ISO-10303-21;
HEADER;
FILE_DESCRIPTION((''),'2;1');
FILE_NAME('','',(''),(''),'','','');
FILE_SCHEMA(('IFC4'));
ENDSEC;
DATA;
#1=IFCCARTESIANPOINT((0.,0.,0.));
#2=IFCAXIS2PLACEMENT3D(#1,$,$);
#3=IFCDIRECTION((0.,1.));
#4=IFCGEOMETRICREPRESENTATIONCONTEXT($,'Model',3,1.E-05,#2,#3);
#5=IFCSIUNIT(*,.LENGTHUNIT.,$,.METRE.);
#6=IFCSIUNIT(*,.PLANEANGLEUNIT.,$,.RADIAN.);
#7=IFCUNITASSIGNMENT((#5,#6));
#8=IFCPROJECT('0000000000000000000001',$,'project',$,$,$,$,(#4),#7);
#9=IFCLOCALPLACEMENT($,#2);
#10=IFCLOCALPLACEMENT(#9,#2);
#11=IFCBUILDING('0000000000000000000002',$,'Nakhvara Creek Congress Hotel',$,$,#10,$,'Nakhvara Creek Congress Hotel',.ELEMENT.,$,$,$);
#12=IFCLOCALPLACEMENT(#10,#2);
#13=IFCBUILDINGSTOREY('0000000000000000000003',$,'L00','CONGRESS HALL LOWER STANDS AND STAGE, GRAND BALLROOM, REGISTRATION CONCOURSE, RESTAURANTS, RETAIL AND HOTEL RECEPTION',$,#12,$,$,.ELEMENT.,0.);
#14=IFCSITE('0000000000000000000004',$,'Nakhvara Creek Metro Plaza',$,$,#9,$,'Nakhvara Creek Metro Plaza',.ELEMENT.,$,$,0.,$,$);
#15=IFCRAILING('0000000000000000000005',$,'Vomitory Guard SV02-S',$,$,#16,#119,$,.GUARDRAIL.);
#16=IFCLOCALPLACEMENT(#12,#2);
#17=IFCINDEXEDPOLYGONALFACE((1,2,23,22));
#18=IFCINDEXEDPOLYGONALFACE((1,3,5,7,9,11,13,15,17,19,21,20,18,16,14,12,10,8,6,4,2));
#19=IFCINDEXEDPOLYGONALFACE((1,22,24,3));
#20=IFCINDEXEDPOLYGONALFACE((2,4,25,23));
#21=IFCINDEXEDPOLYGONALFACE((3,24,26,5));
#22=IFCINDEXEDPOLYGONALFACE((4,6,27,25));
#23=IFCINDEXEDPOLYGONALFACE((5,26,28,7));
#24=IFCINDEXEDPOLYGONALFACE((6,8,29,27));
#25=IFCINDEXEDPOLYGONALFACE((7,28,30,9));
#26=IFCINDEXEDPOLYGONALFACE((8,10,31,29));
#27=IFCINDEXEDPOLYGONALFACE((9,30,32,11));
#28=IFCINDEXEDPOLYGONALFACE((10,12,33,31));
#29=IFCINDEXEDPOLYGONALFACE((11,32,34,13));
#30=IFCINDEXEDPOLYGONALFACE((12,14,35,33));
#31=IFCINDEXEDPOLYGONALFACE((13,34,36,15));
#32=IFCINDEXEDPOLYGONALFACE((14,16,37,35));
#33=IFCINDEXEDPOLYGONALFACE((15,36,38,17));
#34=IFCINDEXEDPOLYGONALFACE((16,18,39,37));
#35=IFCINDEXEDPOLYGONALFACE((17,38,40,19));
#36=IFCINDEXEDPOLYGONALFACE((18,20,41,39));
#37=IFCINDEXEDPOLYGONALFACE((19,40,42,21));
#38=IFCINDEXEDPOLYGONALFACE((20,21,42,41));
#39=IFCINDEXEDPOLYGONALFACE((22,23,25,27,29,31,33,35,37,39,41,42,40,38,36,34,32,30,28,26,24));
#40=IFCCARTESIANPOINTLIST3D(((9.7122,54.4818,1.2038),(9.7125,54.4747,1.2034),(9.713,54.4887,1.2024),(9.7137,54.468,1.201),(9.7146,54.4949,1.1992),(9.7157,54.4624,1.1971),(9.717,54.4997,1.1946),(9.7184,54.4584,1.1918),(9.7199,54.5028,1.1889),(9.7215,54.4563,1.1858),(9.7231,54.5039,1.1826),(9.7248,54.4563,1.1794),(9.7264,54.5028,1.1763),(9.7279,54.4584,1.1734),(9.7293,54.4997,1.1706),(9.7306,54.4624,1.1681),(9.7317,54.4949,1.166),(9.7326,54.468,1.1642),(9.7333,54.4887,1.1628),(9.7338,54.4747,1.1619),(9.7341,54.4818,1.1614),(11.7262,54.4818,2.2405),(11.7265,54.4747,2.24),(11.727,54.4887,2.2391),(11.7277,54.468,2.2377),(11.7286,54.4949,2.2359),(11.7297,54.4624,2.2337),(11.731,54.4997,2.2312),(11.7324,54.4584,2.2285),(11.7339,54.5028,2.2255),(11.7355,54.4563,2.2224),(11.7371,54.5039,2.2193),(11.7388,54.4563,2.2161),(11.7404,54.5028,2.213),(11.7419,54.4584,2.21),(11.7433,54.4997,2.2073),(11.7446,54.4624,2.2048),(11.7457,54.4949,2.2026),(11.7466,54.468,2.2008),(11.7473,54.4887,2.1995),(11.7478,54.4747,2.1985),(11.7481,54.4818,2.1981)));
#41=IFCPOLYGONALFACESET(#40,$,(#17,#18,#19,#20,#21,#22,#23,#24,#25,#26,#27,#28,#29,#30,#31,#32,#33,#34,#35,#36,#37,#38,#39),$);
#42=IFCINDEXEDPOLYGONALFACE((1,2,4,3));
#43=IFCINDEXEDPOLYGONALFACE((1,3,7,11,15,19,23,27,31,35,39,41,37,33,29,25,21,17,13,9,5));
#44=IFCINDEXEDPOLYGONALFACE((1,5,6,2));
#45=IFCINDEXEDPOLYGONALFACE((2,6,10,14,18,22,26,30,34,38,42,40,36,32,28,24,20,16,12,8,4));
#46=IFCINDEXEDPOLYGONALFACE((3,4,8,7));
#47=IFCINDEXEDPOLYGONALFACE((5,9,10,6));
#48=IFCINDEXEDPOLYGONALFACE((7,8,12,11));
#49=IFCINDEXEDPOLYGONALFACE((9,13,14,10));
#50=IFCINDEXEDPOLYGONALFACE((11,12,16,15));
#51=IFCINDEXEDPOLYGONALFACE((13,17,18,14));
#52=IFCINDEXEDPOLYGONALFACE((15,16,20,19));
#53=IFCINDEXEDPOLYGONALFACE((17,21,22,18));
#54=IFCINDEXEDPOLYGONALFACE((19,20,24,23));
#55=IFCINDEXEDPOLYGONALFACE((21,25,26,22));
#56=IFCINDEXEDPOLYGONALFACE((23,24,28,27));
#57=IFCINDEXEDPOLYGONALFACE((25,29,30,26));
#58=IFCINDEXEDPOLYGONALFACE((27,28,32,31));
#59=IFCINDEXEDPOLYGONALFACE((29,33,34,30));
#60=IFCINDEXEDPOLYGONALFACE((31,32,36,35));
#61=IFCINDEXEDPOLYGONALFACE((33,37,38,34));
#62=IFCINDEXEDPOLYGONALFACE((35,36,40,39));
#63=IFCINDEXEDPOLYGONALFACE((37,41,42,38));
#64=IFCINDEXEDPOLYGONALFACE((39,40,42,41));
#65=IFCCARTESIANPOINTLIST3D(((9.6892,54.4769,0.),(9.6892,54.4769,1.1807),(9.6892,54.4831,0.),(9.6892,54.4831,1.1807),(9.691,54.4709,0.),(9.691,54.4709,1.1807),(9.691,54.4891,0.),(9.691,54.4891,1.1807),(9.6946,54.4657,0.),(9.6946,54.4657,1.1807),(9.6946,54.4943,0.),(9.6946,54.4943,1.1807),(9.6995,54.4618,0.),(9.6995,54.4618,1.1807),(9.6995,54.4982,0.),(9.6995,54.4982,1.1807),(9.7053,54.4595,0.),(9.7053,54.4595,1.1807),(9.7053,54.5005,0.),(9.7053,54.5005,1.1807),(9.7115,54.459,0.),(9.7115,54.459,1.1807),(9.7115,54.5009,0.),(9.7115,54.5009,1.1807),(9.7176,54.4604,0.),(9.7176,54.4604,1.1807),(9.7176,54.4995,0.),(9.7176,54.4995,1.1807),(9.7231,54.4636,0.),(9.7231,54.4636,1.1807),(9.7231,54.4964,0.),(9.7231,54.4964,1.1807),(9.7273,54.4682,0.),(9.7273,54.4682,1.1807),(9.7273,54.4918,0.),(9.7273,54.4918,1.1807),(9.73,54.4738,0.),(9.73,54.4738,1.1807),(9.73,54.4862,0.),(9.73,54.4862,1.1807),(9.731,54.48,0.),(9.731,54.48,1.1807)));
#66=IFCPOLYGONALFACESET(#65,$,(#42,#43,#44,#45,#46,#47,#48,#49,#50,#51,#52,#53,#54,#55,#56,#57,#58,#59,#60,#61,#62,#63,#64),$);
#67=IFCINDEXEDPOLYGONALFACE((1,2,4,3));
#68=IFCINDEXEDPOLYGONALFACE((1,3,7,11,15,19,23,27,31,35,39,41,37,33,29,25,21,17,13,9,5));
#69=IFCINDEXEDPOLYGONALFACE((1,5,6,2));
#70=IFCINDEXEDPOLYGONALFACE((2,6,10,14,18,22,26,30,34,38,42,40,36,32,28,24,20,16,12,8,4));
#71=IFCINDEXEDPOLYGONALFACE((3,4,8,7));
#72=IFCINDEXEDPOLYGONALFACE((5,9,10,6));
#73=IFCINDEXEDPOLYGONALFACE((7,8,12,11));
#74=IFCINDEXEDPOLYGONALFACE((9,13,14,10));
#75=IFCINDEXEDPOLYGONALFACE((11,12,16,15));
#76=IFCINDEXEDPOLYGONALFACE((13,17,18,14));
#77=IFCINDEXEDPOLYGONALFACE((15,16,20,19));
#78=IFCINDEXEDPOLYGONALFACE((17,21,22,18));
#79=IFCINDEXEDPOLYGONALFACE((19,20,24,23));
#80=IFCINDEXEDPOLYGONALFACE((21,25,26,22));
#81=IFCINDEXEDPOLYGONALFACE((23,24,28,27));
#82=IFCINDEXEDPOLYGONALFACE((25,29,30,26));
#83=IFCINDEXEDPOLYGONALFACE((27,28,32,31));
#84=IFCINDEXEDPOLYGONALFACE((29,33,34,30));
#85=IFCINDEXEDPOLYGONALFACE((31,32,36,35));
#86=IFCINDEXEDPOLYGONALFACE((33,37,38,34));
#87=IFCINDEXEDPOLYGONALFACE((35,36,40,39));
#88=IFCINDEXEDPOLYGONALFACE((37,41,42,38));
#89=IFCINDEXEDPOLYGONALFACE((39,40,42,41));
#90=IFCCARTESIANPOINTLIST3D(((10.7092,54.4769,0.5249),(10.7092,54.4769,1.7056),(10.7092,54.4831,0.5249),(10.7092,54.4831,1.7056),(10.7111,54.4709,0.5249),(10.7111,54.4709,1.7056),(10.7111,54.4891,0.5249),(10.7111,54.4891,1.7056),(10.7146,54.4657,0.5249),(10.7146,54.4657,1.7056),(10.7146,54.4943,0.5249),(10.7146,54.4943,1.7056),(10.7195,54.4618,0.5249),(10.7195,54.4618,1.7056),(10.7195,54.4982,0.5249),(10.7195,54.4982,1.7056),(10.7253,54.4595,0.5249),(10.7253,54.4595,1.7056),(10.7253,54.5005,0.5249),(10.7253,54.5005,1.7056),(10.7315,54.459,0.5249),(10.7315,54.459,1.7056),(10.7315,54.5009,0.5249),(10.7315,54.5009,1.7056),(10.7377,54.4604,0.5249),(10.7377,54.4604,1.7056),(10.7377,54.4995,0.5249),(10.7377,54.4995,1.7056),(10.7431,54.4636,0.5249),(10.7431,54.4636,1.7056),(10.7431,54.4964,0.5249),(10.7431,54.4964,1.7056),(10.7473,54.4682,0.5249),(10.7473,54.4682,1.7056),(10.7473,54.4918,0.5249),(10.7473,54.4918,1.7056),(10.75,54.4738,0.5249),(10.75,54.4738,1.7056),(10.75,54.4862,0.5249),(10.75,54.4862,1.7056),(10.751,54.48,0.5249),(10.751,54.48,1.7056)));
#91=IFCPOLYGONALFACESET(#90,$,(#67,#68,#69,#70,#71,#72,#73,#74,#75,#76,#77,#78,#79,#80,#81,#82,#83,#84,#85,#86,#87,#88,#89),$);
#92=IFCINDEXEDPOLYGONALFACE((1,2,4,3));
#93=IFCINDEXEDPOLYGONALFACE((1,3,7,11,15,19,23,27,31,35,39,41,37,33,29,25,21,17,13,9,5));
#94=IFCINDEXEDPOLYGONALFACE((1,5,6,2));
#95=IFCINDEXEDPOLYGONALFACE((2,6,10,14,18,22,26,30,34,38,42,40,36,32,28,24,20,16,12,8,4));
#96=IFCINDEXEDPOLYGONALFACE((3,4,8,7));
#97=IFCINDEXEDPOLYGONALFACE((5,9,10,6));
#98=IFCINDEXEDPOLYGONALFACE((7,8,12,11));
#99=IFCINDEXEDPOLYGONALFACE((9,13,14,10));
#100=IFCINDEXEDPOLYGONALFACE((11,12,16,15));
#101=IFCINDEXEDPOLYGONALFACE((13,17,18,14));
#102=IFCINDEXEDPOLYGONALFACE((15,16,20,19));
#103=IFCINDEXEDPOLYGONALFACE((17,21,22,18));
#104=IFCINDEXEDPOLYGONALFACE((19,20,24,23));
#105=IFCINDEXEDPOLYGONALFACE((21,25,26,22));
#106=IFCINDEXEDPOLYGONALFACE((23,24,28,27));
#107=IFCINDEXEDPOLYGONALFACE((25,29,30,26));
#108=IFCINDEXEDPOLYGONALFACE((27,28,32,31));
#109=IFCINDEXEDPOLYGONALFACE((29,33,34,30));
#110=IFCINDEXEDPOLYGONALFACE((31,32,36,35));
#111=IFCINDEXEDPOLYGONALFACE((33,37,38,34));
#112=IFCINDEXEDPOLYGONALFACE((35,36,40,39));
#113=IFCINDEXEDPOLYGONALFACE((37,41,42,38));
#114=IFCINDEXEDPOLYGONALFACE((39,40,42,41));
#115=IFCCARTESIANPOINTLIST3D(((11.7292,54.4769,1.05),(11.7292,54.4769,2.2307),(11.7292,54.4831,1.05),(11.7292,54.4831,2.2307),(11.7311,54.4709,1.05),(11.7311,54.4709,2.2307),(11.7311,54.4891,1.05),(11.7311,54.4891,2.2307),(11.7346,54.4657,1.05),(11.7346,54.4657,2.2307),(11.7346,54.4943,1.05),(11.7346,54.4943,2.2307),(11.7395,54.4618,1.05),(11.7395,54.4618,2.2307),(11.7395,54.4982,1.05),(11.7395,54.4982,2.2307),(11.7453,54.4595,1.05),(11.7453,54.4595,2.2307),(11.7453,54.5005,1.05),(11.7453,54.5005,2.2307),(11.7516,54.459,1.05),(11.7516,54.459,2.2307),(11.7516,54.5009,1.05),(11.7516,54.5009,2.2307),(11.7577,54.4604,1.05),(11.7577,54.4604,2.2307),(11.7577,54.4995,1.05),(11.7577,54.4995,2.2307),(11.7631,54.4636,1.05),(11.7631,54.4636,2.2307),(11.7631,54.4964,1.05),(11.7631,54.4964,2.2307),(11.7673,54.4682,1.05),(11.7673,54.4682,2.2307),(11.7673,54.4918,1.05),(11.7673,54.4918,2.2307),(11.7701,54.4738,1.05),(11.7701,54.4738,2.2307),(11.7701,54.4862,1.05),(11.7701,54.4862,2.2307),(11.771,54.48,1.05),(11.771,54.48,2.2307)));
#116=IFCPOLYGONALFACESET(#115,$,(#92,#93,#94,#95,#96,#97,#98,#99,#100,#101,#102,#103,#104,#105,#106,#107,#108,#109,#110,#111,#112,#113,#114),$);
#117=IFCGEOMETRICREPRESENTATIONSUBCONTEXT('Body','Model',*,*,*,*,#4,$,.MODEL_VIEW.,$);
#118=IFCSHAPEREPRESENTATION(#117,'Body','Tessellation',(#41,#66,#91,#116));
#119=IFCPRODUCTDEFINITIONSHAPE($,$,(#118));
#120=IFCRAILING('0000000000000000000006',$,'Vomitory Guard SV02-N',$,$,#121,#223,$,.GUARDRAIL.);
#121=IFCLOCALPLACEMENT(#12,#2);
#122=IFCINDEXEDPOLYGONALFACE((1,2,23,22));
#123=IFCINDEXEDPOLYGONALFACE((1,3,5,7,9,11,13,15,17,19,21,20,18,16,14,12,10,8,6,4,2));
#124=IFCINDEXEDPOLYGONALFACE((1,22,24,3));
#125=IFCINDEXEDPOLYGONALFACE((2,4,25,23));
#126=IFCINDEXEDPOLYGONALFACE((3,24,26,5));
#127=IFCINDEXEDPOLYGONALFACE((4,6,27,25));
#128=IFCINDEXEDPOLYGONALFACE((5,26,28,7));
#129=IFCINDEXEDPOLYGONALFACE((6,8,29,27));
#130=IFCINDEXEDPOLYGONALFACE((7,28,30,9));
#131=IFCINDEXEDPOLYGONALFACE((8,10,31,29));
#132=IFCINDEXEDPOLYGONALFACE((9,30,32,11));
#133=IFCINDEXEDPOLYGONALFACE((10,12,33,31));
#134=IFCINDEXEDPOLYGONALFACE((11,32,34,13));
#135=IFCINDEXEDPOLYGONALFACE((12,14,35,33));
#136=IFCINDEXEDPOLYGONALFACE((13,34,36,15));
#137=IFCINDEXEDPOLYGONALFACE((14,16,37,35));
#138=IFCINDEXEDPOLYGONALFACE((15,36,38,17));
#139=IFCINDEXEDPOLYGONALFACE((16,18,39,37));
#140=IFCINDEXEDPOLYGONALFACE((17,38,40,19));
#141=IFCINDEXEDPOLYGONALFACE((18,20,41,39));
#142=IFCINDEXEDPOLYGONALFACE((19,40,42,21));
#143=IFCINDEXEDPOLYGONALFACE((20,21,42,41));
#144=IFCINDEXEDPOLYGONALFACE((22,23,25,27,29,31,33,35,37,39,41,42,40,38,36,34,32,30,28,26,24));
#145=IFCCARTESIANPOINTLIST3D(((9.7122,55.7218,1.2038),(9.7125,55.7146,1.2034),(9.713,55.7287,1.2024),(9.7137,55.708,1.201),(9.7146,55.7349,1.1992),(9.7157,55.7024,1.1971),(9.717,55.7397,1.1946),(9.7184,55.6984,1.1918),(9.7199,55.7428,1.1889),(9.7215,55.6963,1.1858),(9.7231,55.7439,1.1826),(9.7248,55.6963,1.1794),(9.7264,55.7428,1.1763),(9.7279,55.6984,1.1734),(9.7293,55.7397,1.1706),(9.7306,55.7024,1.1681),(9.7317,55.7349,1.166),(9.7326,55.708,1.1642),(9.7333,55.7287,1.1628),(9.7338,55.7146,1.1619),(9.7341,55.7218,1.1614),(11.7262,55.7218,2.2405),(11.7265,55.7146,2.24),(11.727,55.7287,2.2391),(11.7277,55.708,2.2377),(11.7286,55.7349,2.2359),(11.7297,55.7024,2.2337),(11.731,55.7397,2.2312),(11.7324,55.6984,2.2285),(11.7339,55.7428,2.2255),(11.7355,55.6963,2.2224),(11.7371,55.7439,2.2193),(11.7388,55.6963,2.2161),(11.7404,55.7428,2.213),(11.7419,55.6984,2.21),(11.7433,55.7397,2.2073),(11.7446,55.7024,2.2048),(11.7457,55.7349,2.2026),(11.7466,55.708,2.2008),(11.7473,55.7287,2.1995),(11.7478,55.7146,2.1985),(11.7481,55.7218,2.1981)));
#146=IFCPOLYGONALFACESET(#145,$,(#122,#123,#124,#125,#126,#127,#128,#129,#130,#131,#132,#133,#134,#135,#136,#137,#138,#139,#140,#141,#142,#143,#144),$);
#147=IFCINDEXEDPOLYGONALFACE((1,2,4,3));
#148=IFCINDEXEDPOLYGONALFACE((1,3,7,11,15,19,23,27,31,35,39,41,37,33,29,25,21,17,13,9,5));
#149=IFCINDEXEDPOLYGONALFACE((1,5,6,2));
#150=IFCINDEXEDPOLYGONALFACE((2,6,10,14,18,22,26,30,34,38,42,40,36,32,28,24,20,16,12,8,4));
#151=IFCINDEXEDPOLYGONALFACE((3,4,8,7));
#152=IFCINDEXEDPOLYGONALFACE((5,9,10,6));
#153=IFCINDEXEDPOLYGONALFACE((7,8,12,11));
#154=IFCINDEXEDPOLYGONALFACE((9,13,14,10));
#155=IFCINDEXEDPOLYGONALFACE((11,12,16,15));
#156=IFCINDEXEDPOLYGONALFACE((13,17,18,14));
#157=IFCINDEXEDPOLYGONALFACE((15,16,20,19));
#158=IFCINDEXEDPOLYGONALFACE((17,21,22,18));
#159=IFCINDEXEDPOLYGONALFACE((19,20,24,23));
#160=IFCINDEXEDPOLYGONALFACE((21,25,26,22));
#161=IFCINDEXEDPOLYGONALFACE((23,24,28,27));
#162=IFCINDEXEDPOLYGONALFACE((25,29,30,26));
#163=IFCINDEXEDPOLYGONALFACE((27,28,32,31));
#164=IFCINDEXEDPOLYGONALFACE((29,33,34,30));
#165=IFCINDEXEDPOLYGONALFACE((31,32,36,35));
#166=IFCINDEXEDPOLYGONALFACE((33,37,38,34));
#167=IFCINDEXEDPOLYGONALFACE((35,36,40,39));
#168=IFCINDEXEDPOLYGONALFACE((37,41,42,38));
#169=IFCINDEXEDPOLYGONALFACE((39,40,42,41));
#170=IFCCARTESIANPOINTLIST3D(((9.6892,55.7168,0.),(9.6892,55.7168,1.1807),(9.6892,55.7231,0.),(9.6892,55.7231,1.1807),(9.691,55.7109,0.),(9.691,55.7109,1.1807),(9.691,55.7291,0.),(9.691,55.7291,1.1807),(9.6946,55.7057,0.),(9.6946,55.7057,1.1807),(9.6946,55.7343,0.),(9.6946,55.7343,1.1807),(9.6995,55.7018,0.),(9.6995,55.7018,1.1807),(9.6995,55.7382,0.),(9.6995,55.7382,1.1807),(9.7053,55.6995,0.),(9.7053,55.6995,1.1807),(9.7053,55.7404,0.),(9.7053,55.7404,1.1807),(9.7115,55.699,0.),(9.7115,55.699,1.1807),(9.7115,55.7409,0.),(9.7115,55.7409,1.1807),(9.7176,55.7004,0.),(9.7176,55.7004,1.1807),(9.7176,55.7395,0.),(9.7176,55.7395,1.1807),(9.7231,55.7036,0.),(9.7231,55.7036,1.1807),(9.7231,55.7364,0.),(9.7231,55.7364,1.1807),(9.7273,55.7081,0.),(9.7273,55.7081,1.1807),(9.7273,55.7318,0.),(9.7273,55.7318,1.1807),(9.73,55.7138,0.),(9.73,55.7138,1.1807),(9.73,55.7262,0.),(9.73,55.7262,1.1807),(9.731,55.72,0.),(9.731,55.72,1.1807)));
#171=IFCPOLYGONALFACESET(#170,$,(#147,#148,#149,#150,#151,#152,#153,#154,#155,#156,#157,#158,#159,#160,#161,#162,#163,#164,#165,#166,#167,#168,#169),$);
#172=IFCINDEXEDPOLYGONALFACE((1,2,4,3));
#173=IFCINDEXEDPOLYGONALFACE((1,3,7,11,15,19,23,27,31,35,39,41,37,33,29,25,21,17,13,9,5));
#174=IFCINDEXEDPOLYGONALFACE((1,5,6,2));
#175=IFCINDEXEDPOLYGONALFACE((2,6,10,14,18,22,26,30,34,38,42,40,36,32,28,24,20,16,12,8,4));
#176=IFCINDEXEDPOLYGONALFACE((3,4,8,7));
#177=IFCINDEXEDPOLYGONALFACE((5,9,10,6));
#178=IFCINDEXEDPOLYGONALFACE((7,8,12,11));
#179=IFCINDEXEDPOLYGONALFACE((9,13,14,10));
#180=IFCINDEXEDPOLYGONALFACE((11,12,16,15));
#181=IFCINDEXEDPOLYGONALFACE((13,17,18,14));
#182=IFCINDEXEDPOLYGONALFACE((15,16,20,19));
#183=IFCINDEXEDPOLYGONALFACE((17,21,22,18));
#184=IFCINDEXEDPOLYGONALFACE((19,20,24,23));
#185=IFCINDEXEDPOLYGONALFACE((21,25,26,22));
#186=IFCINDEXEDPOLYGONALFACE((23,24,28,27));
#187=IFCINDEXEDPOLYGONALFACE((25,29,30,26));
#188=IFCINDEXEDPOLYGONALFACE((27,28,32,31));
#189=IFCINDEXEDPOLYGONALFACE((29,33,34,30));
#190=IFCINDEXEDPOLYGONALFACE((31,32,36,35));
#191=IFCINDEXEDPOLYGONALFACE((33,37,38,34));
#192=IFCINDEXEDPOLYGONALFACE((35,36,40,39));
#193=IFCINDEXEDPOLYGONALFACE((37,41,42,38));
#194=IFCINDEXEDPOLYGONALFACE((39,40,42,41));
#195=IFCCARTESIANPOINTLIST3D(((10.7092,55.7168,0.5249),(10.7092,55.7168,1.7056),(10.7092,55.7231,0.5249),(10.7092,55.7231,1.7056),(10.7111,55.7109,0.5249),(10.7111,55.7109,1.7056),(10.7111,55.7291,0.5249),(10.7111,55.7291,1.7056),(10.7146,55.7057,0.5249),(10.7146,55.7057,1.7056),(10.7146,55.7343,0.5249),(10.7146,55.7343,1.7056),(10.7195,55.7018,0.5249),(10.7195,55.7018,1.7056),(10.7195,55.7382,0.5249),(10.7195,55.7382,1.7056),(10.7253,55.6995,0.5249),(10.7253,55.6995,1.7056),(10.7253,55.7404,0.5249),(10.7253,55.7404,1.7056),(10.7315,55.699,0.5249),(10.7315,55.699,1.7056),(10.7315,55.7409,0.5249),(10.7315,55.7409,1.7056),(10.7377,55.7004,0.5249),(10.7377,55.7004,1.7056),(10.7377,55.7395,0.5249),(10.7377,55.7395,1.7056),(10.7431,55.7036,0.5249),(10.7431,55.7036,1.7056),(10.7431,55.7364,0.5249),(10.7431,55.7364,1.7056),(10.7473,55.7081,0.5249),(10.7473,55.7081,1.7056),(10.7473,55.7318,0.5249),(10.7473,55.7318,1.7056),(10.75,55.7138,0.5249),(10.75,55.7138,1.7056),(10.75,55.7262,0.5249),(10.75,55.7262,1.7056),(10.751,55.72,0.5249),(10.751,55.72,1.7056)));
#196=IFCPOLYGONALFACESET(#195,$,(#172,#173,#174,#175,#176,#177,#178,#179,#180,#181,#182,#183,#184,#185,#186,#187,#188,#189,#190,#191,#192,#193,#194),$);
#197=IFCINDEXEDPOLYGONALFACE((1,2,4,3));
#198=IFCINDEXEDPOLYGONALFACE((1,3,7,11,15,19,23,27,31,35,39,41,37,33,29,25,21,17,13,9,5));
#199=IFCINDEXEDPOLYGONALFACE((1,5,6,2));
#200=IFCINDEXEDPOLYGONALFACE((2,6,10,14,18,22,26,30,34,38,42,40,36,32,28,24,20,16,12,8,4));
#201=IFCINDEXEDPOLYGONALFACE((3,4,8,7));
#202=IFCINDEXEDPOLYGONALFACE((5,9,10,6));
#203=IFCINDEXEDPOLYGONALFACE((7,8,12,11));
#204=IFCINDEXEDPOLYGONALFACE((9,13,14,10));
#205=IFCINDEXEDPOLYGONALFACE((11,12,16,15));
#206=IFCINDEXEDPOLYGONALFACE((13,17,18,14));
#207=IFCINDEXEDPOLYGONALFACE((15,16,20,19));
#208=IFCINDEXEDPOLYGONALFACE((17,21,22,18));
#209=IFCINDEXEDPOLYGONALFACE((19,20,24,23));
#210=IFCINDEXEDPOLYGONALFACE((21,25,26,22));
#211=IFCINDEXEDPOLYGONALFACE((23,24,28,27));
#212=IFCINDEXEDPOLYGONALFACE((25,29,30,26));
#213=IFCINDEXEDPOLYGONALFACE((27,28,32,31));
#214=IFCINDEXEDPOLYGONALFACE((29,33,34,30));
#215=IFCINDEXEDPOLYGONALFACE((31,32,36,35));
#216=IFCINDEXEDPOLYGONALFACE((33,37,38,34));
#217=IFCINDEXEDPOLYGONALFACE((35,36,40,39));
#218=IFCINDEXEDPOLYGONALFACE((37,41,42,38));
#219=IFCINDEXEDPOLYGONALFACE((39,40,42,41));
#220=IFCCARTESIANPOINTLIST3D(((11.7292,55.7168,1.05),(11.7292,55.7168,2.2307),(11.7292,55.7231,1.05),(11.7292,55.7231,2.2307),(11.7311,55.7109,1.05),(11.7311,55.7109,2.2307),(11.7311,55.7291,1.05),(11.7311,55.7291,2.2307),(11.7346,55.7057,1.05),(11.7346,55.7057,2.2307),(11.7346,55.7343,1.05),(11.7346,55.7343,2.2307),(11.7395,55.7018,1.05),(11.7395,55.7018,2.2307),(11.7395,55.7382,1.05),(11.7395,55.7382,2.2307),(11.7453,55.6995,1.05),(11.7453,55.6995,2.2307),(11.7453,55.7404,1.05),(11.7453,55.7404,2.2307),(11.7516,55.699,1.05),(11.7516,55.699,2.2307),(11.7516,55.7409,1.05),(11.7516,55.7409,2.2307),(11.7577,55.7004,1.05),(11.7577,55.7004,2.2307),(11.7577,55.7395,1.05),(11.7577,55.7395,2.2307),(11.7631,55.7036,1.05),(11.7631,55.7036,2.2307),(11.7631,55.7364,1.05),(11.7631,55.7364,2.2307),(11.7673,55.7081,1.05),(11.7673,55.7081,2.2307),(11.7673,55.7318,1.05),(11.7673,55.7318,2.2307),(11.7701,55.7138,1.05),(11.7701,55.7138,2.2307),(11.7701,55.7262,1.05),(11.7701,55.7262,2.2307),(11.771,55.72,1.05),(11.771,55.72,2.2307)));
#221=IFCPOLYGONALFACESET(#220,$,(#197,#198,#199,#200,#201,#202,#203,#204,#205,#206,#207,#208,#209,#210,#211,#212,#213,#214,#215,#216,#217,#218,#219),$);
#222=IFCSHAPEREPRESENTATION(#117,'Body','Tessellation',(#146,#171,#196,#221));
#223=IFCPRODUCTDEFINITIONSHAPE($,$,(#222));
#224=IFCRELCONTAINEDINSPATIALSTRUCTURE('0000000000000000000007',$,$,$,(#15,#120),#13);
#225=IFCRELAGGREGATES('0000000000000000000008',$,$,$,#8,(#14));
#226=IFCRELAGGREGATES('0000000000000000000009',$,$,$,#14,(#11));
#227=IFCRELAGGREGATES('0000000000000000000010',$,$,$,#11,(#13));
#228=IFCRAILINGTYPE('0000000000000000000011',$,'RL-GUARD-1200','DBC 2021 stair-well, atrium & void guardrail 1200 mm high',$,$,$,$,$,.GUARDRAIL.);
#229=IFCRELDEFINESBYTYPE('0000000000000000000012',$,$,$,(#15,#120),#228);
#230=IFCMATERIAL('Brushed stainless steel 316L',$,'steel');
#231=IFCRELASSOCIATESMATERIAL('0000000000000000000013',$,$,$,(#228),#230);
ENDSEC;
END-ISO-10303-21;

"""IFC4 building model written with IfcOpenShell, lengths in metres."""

from ifc_helpers import new_model, si_unit, direction, frame, origin, origin_2d, place, context, subcontext, project, spatial, circle, extrude, material, type_object, element, save


model = new_model("IFC4")

# Units and contexts
model_context = context("Model", 3, precision=1e-05, world=origin(), true_north=direction((0.0, 1.0)))
body_context = subcontext(model_context, "Body", "Model", "MODEL_VIEW")
ifc_project = project(units=[si_unit("LENGTHUNIT", "METRE"), si_unit("PLANEANGLEUNIT", "RADIAN")], contexts=[model_context])

# Site, building, storey
site_placement = place(None, origin())
site = spatial("IfcSite", under=ifc_project, at=site_placement, Name="Nakhvara Creek Metro Plaza", LongName="Nakhvara Creek Metro Plaza", CompositionType="ELEMENT", RefElevation=0.0)
building_placement = place(site_placement, origin())
building = spatial("IfcBuilding", under=site, at=building_placement, Name="Nakhvara Creek Congress Hotel", LongName="Nakhvara Creek Congress Hotel", CompositionType="ELEMENT")
storey_placement = place(building_placement, origin())
storey = spatial("IfcBuildingStorey", under=building, at=storey_placement, Name="L00", Description="CONGRESS HALL LOWER STANDS AND STAGE, GRAND BALLROOM, REGISTRATION CONCOURSE, RESTAURANTS, RETAIL AND HOTEL RECEPTION", CompositionType="ELEMENT", Elevation=0.0)

# Railings
ifc_material_1 = material(Name="Brushed stainless steel 316L", Category="steel")
railing_type_1 = type_object("IfcRailingType", Name="RL-GUARD-1200", Description="DBC 2021 stair-well, atrium & void guardrail 1200 mm high", PredefinedType="GUARDRAIL", material=ifc_material_1)
for number, where, name in (
    (1, (9.71, 54.48, 0.0), "Vomitory Guard SV02-S"),
    (2, (9.71, 55.72, 0.0), "Vomitory Guard SV02-N"),
):
    element("IfcRailing", number, at=place(storey_placement, frame(where)), inside=storey, type_object=railing_type_1, Name=name, PredefinedType="GUARDRAIL", context=body_context, shape_type="SweptSolid", body=[
        extrude(circle(Radius=0.0239, at=origin_2d()), frame((0.0132, 0.0, 1.1826), z_axis=(0.889131, 0.0, 0.457653), x_axis=(0.0, 1.0, 0.0)), (0.0, 0.0, 1.0), 2.2651),
        extrude(circle(Radius=0.021, at=origin_2d()), origin(), (0.0, 0.0, 1.0), 1.1807),
        extrude(circle(Radius=0.021, at=origin_2d()), frame((1.02, 0.0, 0.5249)), (0.0, 0.0, 1.0), 1.1807),
        extrude(circle(Radius=0.021, at=origin_2d()), frame((2.04, 0.0, 1.05)), (0.0, 0.0, 1.0), 1.1807),
    ])

save(model, "model.ifc")
